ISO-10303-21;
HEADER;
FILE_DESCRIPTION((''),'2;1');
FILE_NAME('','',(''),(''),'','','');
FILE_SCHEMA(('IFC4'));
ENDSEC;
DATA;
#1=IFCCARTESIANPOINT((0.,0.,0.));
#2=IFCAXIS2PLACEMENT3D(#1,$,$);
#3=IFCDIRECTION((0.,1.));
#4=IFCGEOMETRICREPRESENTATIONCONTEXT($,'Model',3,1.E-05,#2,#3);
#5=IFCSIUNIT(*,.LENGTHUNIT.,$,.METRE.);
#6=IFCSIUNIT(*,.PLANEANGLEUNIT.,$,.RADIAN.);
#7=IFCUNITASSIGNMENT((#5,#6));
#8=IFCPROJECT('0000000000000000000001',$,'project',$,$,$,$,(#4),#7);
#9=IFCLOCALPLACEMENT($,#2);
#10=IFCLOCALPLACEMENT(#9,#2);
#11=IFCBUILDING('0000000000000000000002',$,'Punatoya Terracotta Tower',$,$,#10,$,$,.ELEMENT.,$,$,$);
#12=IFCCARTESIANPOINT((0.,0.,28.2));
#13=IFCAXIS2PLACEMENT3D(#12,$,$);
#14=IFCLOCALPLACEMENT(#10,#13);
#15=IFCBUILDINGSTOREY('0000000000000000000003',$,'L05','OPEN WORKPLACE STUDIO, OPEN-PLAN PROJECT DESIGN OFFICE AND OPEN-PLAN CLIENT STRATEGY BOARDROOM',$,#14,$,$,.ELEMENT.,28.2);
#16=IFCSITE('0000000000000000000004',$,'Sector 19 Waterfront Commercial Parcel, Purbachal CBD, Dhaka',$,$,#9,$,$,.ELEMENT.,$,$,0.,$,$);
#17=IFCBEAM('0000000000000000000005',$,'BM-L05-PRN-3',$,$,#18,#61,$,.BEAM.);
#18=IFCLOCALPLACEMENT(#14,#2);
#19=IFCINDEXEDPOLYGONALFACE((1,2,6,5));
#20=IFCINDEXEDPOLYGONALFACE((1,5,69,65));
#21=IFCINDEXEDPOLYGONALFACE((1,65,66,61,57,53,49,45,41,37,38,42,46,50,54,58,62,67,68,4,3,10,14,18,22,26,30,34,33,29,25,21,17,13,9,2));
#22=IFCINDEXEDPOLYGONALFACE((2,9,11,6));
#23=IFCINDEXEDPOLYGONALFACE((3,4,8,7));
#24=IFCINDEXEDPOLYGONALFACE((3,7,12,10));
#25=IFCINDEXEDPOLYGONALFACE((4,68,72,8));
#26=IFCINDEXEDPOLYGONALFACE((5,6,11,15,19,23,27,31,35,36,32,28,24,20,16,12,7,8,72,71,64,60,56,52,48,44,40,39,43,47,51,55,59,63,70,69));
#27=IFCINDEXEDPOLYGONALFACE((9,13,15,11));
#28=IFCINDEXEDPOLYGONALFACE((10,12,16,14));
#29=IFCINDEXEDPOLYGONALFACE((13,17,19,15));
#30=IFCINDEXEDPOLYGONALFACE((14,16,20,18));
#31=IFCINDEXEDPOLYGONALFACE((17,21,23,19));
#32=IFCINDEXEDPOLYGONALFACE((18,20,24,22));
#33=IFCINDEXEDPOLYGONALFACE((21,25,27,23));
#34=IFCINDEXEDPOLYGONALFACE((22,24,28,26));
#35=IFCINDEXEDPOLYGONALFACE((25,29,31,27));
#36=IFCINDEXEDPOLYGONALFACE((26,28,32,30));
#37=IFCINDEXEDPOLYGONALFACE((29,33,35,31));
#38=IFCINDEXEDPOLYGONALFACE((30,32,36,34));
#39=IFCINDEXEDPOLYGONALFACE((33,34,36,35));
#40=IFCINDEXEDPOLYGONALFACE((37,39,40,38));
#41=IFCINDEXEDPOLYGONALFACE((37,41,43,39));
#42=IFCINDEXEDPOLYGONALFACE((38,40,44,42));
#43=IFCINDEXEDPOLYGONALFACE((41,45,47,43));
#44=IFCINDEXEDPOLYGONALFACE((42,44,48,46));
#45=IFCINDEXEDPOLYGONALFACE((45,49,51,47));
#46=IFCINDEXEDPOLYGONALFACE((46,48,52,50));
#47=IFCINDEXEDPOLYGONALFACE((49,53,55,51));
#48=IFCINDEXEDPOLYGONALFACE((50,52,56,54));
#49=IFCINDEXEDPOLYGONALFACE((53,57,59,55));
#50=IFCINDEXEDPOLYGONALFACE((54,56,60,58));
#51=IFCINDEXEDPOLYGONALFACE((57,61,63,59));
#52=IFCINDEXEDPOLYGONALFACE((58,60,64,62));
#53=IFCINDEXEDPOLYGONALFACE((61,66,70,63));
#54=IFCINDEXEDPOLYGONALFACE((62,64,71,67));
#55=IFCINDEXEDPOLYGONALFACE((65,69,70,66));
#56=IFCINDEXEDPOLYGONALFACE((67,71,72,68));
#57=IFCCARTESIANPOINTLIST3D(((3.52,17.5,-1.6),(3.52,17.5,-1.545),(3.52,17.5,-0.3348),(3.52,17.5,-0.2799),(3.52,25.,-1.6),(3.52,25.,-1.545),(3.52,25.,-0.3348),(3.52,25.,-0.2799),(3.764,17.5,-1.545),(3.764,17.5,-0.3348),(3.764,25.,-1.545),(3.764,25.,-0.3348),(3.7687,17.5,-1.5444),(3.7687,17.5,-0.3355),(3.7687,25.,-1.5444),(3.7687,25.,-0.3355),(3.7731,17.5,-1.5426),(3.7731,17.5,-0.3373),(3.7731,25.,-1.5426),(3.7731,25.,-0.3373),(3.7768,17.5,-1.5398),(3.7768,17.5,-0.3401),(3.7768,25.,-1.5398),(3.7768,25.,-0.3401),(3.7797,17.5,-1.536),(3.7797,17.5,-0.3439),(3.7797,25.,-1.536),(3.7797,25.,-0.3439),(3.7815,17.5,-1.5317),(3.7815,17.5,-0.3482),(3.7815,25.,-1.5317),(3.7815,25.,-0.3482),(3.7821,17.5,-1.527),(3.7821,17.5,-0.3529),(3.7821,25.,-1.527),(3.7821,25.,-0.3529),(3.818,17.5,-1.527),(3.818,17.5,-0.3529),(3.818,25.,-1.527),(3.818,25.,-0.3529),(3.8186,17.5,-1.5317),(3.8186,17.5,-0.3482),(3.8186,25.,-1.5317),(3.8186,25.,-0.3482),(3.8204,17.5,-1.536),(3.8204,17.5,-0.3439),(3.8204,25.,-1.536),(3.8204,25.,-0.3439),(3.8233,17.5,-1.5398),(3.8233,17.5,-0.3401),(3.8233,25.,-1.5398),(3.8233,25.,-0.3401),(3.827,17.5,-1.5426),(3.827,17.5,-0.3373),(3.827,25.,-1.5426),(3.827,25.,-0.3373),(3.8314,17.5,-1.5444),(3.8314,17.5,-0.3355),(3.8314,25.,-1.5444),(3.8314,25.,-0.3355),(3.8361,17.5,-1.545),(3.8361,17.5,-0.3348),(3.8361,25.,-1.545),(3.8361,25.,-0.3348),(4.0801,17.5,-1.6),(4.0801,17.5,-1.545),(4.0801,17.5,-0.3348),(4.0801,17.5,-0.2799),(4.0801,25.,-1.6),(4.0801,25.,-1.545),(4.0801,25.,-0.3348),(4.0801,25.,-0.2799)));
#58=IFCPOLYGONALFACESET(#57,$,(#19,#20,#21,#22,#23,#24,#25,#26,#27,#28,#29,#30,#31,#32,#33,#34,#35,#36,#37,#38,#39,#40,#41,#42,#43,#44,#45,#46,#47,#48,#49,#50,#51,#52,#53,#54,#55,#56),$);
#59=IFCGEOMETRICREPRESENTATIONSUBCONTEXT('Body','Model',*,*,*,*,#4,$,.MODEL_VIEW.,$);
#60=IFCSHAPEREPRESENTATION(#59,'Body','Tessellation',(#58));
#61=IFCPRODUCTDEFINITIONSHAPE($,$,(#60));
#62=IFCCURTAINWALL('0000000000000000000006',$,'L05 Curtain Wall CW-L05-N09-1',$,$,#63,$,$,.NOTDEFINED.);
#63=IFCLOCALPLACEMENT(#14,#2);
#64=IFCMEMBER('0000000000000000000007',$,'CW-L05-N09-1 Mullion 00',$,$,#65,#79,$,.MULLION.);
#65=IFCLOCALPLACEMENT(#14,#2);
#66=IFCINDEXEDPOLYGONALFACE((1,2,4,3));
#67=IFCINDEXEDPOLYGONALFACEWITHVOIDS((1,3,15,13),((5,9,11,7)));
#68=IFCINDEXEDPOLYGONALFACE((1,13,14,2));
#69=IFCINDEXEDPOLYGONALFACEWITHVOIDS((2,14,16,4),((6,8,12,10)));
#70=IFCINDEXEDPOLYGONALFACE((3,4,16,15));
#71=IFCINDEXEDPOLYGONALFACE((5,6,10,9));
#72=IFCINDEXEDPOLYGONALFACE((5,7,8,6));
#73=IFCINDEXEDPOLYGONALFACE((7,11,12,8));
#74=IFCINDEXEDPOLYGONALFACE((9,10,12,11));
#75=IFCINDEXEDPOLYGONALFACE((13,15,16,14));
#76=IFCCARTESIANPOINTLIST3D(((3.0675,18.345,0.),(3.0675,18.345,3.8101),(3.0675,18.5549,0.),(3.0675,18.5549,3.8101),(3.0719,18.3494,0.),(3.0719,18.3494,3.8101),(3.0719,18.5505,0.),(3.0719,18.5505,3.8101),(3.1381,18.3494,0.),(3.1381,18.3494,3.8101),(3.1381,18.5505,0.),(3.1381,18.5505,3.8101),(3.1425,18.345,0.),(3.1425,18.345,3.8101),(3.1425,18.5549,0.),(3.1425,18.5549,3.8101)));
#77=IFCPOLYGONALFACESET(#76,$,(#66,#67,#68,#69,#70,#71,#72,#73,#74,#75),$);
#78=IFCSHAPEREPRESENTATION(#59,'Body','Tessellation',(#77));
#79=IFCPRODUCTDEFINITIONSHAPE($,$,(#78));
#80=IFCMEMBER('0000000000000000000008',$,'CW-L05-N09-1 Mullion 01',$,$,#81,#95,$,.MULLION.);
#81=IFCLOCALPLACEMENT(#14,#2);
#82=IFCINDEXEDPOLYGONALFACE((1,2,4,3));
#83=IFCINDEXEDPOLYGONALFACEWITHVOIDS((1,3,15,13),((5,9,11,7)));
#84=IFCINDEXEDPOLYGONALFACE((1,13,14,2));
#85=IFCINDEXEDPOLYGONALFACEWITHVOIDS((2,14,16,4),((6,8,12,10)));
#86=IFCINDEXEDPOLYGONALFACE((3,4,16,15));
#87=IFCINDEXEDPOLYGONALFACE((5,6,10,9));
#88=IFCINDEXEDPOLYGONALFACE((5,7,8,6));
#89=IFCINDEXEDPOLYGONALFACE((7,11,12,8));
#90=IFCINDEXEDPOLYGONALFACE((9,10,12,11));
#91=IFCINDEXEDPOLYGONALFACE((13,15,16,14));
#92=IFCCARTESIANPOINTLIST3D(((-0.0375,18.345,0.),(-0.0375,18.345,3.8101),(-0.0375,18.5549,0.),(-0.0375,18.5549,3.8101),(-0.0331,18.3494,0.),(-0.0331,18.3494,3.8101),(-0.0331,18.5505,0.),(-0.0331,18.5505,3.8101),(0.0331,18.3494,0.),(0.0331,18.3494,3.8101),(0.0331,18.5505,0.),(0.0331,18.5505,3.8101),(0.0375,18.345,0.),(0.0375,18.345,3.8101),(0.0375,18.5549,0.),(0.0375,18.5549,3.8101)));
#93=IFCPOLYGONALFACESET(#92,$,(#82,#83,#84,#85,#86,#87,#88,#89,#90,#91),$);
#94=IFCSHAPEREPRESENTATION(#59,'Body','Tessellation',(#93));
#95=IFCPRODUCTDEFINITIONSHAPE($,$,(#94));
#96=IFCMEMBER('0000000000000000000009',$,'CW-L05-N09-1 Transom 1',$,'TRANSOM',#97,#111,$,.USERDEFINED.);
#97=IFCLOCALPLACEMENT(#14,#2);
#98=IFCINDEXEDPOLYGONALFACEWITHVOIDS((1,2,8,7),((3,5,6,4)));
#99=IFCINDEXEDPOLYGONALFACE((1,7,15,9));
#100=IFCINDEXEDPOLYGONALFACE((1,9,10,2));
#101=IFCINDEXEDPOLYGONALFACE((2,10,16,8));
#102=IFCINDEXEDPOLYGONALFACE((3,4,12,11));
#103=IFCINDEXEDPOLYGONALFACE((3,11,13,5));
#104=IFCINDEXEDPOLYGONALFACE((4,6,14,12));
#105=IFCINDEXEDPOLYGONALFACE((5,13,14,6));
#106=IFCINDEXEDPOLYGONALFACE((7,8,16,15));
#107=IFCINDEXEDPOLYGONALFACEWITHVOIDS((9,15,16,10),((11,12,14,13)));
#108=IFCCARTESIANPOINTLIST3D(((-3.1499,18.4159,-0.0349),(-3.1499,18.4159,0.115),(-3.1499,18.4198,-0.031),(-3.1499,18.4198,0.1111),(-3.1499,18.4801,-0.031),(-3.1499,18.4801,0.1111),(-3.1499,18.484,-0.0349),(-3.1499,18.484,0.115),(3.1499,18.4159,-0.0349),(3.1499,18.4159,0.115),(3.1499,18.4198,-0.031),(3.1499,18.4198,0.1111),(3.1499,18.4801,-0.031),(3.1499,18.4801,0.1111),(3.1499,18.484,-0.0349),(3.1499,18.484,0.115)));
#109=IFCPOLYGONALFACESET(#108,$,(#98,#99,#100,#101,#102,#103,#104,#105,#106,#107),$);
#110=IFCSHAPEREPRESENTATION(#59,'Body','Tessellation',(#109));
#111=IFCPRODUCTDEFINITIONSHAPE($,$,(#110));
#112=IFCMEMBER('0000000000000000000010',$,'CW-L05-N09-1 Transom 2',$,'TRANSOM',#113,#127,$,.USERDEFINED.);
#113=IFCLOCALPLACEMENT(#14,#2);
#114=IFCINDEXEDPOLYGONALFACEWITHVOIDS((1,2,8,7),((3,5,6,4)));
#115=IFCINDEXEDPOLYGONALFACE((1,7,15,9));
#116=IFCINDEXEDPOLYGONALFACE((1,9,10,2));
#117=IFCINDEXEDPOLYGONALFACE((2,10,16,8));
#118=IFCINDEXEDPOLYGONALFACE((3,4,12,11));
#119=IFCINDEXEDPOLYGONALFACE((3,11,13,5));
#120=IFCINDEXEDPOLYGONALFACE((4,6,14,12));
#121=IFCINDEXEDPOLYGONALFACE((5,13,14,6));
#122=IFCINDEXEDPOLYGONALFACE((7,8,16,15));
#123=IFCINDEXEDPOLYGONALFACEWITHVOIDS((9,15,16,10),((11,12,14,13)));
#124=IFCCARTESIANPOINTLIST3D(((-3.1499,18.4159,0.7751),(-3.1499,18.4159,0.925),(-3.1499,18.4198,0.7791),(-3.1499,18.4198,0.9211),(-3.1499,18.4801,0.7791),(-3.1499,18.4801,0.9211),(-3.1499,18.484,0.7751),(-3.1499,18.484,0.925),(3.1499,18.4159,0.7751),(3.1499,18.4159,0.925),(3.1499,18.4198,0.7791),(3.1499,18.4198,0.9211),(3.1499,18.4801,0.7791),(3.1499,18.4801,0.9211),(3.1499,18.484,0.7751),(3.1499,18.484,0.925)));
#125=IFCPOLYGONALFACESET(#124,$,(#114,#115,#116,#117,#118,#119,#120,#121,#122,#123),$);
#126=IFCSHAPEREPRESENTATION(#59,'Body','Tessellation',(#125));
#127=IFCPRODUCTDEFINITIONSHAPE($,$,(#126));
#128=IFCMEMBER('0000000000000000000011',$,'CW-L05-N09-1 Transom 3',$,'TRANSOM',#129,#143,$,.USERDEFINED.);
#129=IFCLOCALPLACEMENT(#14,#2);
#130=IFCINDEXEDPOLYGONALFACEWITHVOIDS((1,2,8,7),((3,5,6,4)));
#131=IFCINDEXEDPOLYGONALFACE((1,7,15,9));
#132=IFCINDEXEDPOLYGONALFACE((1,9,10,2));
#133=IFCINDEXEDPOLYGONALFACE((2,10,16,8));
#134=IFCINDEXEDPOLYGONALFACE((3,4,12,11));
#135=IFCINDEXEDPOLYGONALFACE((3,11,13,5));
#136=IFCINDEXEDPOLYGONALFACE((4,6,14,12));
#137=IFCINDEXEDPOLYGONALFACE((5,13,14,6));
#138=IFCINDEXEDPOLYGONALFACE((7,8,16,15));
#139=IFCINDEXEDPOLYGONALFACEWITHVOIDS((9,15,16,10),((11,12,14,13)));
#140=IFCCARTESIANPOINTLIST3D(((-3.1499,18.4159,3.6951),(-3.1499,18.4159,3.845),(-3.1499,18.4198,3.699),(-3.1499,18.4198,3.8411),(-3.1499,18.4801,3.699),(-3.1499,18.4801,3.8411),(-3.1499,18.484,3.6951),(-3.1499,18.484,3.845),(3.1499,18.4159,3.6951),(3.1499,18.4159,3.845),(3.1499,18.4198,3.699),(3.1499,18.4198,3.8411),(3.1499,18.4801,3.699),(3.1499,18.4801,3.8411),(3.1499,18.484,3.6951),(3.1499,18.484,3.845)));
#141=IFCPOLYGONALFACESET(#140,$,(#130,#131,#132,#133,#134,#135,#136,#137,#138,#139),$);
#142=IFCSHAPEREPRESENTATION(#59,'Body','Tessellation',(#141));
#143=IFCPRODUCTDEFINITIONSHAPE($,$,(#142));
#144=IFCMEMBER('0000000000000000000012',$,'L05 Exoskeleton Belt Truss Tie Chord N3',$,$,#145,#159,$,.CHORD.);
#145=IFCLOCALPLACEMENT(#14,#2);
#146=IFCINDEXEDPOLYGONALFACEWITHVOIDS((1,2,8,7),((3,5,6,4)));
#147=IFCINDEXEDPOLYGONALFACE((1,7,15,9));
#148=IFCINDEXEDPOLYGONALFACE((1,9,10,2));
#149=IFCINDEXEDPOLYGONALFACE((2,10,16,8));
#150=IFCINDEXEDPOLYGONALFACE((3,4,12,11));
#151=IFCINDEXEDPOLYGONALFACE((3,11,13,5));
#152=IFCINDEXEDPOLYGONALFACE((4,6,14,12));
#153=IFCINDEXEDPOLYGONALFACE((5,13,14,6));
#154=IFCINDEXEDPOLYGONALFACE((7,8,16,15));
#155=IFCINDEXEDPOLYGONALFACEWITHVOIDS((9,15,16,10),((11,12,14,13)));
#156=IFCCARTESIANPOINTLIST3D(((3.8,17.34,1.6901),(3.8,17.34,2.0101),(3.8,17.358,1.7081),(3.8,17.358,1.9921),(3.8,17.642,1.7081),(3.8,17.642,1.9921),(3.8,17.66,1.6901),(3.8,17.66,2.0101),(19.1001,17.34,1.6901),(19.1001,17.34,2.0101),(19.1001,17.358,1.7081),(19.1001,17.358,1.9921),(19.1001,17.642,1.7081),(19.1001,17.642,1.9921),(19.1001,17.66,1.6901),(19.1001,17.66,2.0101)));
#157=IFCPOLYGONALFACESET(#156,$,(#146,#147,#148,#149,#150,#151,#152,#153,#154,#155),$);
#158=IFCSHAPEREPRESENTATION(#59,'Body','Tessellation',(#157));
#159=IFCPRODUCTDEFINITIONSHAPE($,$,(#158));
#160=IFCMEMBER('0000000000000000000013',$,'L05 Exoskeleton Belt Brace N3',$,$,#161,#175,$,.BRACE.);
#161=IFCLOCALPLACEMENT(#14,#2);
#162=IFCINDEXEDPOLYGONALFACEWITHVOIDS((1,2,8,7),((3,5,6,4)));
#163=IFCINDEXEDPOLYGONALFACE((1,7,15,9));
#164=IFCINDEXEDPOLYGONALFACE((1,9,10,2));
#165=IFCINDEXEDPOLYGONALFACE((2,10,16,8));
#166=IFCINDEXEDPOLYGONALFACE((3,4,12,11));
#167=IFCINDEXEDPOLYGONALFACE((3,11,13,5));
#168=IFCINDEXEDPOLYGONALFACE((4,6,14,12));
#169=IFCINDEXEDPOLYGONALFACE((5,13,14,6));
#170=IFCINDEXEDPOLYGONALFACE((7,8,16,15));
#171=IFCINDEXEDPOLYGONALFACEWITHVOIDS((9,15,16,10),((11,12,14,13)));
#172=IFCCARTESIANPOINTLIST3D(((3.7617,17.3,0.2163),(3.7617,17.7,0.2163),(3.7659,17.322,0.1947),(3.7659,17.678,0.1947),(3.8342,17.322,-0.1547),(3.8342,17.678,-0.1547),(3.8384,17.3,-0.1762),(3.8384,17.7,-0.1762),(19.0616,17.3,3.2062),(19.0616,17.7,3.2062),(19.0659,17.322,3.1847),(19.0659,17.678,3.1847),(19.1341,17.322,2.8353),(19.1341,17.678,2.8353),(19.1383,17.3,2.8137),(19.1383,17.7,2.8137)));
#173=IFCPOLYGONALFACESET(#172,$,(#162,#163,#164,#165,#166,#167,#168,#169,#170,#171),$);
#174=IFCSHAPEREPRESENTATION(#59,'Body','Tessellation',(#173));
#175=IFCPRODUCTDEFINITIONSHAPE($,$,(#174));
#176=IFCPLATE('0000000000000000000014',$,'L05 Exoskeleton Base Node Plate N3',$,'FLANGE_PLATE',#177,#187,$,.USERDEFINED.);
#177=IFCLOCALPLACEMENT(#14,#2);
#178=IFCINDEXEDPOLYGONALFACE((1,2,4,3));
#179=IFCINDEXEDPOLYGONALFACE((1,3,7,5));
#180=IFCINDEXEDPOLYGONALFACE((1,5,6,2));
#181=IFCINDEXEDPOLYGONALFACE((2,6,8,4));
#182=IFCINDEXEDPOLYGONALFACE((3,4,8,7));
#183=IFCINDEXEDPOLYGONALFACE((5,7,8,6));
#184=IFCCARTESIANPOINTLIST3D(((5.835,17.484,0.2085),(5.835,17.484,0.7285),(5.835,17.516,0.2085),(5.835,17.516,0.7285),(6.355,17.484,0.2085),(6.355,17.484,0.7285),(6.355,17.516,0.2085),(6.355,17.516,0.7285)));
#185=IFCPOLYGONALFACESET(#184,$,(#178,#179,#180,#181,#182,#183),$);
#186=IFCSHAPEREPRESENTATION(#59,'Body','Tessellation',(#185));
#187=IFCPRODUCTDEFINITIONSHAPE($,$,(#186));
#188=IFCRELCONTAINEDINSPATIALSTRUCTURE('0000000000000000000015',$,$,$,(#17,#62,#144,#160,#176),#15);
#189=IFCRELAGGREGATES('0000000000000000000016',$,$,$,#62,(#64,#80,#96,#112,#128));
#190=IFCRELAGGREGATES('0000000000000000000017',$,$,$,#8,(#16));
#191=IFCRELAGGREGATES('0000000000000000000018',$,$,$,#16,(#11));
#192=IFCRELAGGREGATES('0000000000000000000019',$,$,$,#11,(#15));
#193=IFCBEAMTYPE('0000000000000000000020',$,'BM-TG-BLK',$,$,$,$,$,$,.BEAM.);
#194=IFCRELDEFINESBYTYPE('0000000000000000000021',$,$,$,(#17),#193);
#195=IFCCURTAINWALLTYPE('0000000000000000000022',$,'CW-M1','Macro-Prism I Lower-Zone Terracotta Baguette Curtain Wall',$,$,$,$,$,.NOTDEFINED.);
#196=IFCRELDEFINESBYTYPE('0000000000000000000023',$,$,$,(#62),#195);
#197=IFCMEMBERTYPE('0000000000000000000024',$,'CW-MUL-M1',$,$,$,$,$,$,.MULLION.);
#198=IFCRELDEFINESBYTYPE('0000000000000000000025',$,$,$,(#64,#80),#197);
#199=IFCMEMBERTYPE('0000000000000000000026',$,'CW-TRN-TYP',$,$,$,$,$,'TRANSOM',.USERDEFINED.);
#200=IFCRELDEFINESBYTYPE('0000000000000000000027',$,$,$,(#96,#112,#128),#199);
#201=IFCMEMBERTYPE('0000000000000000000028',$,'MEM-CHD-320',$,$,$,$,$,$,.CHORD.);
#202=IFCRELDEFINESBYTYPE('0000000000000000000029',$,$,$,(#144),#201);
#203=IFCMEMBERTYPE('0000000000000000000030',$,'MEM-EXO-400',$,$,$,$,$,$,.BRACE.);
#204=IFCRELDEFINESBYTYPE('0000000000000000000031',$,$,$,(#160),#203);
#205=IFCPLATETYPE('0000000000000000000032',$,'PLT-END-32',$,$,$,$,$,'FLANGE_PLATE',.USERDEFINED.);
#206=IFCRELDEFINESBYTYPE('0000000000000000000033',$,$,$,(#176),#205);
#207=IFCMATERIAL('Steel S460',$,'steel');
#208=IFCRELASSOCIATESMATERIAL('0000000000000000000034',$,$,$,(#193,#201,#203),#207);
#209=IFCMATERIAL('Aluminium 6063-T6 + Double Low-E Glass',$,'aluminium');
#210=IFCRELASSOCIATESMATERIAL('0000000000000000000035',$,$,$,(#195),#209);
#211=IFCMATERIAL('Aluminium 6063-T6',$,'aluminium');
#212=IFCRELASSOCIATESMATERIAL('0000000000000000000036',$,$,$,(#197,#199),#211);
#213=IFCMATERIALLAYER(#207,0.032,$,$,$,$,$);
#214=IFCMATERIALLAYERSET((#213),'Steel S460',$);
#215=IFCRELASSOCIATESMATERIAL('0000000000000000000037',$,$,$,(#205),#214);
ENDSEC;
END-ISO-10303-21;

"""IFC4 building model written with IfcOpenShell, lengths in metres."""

from ifc_helpers import new_model, si_unit, direction, frame, origin, origin_2d, place, context, subcontext, project, spatial, rectangle, hollow_rectangle, i_section, extrude, material, layer, layer_set, material_profile, profile_set, type_object, element, aggregate, save


model = new_model("IFC4")

# Units and contexts
model_context = context("Model", 3, precision=1e-05, world=origin(), true_north=direction((0.0, 1.0)))
body_context = subcontext(model_context, "Body", "Model", "MODEL_VIEW")
ifc_project = project(units=[si_unit("LENGTHUNIT", "METRE"), si_unit("PLANEANGLEUNIT", "RADIAN")], contexts=[model_context])

# Site, building, storey
site_placement = place(None, origin())
site = spatial("IfcSite", under=ifc_project, at=site_placement, Name="Sector 19 Waterfront Commercial Parcel, Purbachal CBD, Dhaka", CompositionType="ELEMENT", RefElevation=0.0)
building_placement = place(site_placement, origin())
building = spatial("IfcBuilding", under=site, at=building_placement, Name="Punatoya Terracotta Tower", CompositionType="ELEMENT")
storey_placement = place(building_placement, frame((0.0, 0.0, 28.2)))
storey = spatial("IfcBuildingStorey", under=building, at=storey_placement, Name="L05", Description="OPEN WORKPLACE STUDIO, OPEN-PLAN PROJECT DESIGN OFFICE AND OPEN-PLAN CLIENT STRATEGY BOARDROOM", CompositionType="ELEMENT", Elevation=28.2)

# Shared definitions
ifc_material_1 = material(Name="Steel S460", Category="steel")

# Beam
ifc_material_profile_1 = material_profile(ifc_material_1, i_section(OverallWidth=0.5601, OverallDepth=1.3201, WebThickness=0.0359, FlangeThickness=0.0549, FilletRadius=0.0181, at=origin_2d()))
ifc_profile_set_1 = profile_set([ifc_material_profile_1], Name="Steel S460")
beam_type_1 = type_object("IfcBeamType", Name="BM-TG-BLK", PredefinedType="BEAM", material=ifc_profile_set_1)
beam_1_placement = place(storey_placement, frame((3.8, 17.5, -0.9399), z_axis=(0.0, 1.0, 0.0), x_axis=(-1.0, 0.0, 0.0)))
element("IfcBeam", 1, at=beam_1_placement, inside=storey, type_object=beam_type_1, Name="BM-L05-PRN-3", PredefinedType="BEAM", context=body_context, shape_type="SweptSolid", body=[
    extrude(i_section(OverallWidth=0.5601, OverallDepth=1.3201, WebThickness=0.0359, FlangeThickness=0.0549, FilletRadius=0.0181, at=origin_2d()), origin(), (0.0, 0.0, 1.0), 7.5),
])

# Curtain wall, members
ifc_material_2 = material(Name="Aluminium 6063-T6 + Double Low-E Glass", Category="aluminium")
curtain_wall_type = type_object("IfcCurtainWallType", Name="CW-M1", Description="Macro-Prism I Lower-Zone Terracotta Baguette Curtain Wall", PredefinedType="NOTDEFINED", material=ifc_material_2)
curtain_wall_placement = place(storey_placement, origin())
curtain_wall = element("IfcCurtainWall", 2, at=curtain_wall_placement, inside=storey, type_object=curtain_wall_type, Name="L05 Curtain Wall CW-L05-N09-1", PredefinedType="NOTDEFINED")
ifc_material_3 = material(Name="Aluminium 6063-T6", Category="aluminium")
ifc_material_profile_2 = material_profile(ifc_material_3, hollow_rectangle(XDim=0.075, YDim=0.21, WallThickness=0.0044, at=origin_2d()))
ifc_profile_set_2 = profile_set([ifc_material_profile_2], Name="Aluminium 6063-T6")
member_type_1 = type_object("IfcMemberType", Name="CW-MUL-M1", PredefinedType="MULLION", material=ifc_profile_set_2)
member_1_placement = place(storey_placement, frame((3.105, 18.45, 0.0), z_axis=(0.0, 0.0, 1.0), x_axis=(1.0, 0.0, 0.0)))
member_1 = element("IfcMember", 3, at=member_1_placement, type_object=member_type_1, Name="CW-L05-N09-1 Mullion 00", PredefinedType="MULLION", context=body_context, shape_type="SweptSolid", body=[
    extrude(hollow_rectangle(XDim=0.075, YDim=0.21, WallThickness=0.0044, at=origin_2d()), origin(), (0.0, 0.0, 1.0), 3.8101),
])
member_2_placement = place(storey_placement, frame((0.0, 18.45, 0.0), z_axis=(0.0, 0.0, 1.0), x_axis=(1.0, 0.0, 0.0)))
member_2 = element("IfcMember", 4, at=member_2_placement, type_object=member_type_1, Name="CW-L05-N09-1 Mullion 01", PredefinedType="MULLION", context=body_context, shape_type="SweptSolid", body=[
    extrude(hollow_rectangle(XDim=0.075, YDim=0.21, WallThickness=0.0044, at=origin_2d()), origin(), (0.0, 0.0, 1.0), 3.8101),
])
ifc_material_profile_3 = material_profile(ifc_material_3, hollow_rectangle(XDim=0.0681, YDim=0.1499, WallThickness=0.0039, at=origin_2d()))
ifc_profile_set_3 = profile_set([ifc_material_profile_3], Name="Aluminium 6063-T6")
member_type_2 = type_object("IfcMemberType", Name="CW-TRN-TYP", ElementType="TRANSOM", PredefinedType="USERDEFINED", material=ifc_profile_set_3)
member_3_placement = place(storey_placement, frame((3.1499, 18.45, 0.04), z_axis=(-1.0, 0.0, 0.0), x_axis=(0.0, -1.0, 0.0)))
member_3 = element("IfcMember", 5, at=member_3_placement, type_object=member_type_2, Name="CW-L05-N09-1 Transom 1", ObjectType="TRANSOM", PredefinedType="USERDEFINED", context=body_context, shape_type="SweptSolid", body=[
    extrude(hollow_rectangle(XDim=0.0681, YDim=0.1499, WallThickness=0.0039, at=origin_2d()), origin(), (0.0, 0.0, 1.0), 6.2998),
])
member_4_placement = place(storey_placement, frame((3.1499, 18.45, 0.8501), z_axis=(-1.0, 0.0, 0.0), x_axis=(0.0, -1.0, 0.0)))
member_4 = element("IfcMember", 6, at=member_4_placement, type_object=member_type_2, Name="CW-L05-N09-1 Transom 2", ObjectType="TRANSOM", PredefinedType="USERDEFINED", context=body_context, shape_type="SweptSolid", body=[
    extrude(hollow_rectangle(XDim=0.0681, YDim=0.1499, WallThickness=0.0039, at=origin_2d()), origin(), (0.0, 0.0, 1.0), 6.2998),
])
member_5_placement = place(storey_placement, frame((3.1499, 18.45, 3.77), z_axis=(-1.0, 0.0, 0.0), x_axis=(0.0, -1.0, 0.0)))
member_5 = element("IfcMember", 7, at=member_5_placement, type_object=member_type_2, Name="CW-L05-N09-1 Transom 3", ObjectType="TRANSOM", PredefinedType="USERDEFINED", context=body_context, shape_type="SweptSolid", body=[
    extrude(hollow_rectangle(XDim=0.0681, YDim=0.1499, WallThickness=0.0039, at=origin_2d()), origin(), (0.0, 0.0, 1.0), 6.2998),
])

# Members
ifc_material_profile_4 = material_profile(ifc_material_1, hollow_rectangle(XDim=0.3201, YDim=0.3201, WallThickness=0.0181, at=origin_2d()))
ifc_profile_set_4 = profile_set([ifc_material_profile_4], Name="Steel S460")
member_type_3 = type_object("IfcMemberType", Name="MEM-CHD-320", PredefinedType="CHORD", material=ifc_profile_set_4)
member_6_placement = place(storey_placement, frame((3.8, 17.5, 1.8501), z_axis=(1.0, 0.0, 0.0), x_axis=(0.0, 1.0, 0.0)))
element("IfcMember", 8, at=member_6_placement, inside=storey, type_object=member_type_3, Name="L05 Exoskeleton Belt Truss Tie Chord N3", PredefinedType="CHORD", context=body_context, shape_type="SweptSolid", body=[
    extrude(hollow_rectangle(XDim=0.3201, YDim=0.3201, WallThickness=0.0181, at=origin_2d()), origin(), (0.0, 0.0, 1.0), 15.3),
])
ifc_material_profile_5 = material_profile(ifc_material_1, hollow_rectangle(XDim=0.3999, YDim=0.3999, WallThickness=0.022, at=origin_2d()))
ifc_profile_set_5 = profile_set([ifc_material_profile_5], Name="Steel S460")
member_type_4 = type_object("IfcMemberType", Name="MEM-EXO-400", PredefinedType="BRACE", material=ifc_profile_set_5)
member_7_placement = place(storey_placement, frame((3.8, 17.5, 0.02), z_axis=(0.981435, 0.0, 0.191796), x_axis=(0.0, 1.0, 0.0)))
element("IfcMember", 9, at=member_7_placement, inside=storey, type_object=member_type_4, Name="L05 Exoskeleton Belt Brace N3", PredefinedType="BRACE", context=body_context, shape_type="SweptSolid", body=[
    extrude(hollow_rectangle(XDim=0.3999, YDim=0.3999, WallThickness=0.022, at=origin_2d()), origin(), (0.0, 0.0, 1.0), 15.5894),
])

# Plate
ifc_layer_1 = layer(ifc_material_1, 0.032)
ifc_layer_set_1 = layer_set([ifc_layer_1], Name="Steel S460")
plate_type_1 = type_object("IfcPlateType", Name="PLT-END-32", ElementType="FLANGE_PLATE", PredefinedType="USERDEFINED", material=ifc_layer_set_1)
plate_1_placement = place(storey_placement, frame((6.095, 17.5, 0.2085), z_axis=(0.0, 0.0, 1.0), x_axis=(1.0, 0.0, 0.0)))
element("IfcPlate", 10, at=plate_1_placement, inside=storey, type_object=plate_type_1, Name="L05 Exoskeleton Base Node Plate N3", ObjectType="FLANGE_PLATE", PredefinedType="USERDEFINED", context=body_context, shape_type="SweptSolid", body=[
    extrude(rectangle(XDim=0.52, YDim=0.032, at=origin_2d()), origin(), (0.0, 0.0, 1.0), 0.52),
])
aggregate(curtain_wall, [member_1, member_2, member_3, member_4, member_5])

save(model, "model.ifc")
